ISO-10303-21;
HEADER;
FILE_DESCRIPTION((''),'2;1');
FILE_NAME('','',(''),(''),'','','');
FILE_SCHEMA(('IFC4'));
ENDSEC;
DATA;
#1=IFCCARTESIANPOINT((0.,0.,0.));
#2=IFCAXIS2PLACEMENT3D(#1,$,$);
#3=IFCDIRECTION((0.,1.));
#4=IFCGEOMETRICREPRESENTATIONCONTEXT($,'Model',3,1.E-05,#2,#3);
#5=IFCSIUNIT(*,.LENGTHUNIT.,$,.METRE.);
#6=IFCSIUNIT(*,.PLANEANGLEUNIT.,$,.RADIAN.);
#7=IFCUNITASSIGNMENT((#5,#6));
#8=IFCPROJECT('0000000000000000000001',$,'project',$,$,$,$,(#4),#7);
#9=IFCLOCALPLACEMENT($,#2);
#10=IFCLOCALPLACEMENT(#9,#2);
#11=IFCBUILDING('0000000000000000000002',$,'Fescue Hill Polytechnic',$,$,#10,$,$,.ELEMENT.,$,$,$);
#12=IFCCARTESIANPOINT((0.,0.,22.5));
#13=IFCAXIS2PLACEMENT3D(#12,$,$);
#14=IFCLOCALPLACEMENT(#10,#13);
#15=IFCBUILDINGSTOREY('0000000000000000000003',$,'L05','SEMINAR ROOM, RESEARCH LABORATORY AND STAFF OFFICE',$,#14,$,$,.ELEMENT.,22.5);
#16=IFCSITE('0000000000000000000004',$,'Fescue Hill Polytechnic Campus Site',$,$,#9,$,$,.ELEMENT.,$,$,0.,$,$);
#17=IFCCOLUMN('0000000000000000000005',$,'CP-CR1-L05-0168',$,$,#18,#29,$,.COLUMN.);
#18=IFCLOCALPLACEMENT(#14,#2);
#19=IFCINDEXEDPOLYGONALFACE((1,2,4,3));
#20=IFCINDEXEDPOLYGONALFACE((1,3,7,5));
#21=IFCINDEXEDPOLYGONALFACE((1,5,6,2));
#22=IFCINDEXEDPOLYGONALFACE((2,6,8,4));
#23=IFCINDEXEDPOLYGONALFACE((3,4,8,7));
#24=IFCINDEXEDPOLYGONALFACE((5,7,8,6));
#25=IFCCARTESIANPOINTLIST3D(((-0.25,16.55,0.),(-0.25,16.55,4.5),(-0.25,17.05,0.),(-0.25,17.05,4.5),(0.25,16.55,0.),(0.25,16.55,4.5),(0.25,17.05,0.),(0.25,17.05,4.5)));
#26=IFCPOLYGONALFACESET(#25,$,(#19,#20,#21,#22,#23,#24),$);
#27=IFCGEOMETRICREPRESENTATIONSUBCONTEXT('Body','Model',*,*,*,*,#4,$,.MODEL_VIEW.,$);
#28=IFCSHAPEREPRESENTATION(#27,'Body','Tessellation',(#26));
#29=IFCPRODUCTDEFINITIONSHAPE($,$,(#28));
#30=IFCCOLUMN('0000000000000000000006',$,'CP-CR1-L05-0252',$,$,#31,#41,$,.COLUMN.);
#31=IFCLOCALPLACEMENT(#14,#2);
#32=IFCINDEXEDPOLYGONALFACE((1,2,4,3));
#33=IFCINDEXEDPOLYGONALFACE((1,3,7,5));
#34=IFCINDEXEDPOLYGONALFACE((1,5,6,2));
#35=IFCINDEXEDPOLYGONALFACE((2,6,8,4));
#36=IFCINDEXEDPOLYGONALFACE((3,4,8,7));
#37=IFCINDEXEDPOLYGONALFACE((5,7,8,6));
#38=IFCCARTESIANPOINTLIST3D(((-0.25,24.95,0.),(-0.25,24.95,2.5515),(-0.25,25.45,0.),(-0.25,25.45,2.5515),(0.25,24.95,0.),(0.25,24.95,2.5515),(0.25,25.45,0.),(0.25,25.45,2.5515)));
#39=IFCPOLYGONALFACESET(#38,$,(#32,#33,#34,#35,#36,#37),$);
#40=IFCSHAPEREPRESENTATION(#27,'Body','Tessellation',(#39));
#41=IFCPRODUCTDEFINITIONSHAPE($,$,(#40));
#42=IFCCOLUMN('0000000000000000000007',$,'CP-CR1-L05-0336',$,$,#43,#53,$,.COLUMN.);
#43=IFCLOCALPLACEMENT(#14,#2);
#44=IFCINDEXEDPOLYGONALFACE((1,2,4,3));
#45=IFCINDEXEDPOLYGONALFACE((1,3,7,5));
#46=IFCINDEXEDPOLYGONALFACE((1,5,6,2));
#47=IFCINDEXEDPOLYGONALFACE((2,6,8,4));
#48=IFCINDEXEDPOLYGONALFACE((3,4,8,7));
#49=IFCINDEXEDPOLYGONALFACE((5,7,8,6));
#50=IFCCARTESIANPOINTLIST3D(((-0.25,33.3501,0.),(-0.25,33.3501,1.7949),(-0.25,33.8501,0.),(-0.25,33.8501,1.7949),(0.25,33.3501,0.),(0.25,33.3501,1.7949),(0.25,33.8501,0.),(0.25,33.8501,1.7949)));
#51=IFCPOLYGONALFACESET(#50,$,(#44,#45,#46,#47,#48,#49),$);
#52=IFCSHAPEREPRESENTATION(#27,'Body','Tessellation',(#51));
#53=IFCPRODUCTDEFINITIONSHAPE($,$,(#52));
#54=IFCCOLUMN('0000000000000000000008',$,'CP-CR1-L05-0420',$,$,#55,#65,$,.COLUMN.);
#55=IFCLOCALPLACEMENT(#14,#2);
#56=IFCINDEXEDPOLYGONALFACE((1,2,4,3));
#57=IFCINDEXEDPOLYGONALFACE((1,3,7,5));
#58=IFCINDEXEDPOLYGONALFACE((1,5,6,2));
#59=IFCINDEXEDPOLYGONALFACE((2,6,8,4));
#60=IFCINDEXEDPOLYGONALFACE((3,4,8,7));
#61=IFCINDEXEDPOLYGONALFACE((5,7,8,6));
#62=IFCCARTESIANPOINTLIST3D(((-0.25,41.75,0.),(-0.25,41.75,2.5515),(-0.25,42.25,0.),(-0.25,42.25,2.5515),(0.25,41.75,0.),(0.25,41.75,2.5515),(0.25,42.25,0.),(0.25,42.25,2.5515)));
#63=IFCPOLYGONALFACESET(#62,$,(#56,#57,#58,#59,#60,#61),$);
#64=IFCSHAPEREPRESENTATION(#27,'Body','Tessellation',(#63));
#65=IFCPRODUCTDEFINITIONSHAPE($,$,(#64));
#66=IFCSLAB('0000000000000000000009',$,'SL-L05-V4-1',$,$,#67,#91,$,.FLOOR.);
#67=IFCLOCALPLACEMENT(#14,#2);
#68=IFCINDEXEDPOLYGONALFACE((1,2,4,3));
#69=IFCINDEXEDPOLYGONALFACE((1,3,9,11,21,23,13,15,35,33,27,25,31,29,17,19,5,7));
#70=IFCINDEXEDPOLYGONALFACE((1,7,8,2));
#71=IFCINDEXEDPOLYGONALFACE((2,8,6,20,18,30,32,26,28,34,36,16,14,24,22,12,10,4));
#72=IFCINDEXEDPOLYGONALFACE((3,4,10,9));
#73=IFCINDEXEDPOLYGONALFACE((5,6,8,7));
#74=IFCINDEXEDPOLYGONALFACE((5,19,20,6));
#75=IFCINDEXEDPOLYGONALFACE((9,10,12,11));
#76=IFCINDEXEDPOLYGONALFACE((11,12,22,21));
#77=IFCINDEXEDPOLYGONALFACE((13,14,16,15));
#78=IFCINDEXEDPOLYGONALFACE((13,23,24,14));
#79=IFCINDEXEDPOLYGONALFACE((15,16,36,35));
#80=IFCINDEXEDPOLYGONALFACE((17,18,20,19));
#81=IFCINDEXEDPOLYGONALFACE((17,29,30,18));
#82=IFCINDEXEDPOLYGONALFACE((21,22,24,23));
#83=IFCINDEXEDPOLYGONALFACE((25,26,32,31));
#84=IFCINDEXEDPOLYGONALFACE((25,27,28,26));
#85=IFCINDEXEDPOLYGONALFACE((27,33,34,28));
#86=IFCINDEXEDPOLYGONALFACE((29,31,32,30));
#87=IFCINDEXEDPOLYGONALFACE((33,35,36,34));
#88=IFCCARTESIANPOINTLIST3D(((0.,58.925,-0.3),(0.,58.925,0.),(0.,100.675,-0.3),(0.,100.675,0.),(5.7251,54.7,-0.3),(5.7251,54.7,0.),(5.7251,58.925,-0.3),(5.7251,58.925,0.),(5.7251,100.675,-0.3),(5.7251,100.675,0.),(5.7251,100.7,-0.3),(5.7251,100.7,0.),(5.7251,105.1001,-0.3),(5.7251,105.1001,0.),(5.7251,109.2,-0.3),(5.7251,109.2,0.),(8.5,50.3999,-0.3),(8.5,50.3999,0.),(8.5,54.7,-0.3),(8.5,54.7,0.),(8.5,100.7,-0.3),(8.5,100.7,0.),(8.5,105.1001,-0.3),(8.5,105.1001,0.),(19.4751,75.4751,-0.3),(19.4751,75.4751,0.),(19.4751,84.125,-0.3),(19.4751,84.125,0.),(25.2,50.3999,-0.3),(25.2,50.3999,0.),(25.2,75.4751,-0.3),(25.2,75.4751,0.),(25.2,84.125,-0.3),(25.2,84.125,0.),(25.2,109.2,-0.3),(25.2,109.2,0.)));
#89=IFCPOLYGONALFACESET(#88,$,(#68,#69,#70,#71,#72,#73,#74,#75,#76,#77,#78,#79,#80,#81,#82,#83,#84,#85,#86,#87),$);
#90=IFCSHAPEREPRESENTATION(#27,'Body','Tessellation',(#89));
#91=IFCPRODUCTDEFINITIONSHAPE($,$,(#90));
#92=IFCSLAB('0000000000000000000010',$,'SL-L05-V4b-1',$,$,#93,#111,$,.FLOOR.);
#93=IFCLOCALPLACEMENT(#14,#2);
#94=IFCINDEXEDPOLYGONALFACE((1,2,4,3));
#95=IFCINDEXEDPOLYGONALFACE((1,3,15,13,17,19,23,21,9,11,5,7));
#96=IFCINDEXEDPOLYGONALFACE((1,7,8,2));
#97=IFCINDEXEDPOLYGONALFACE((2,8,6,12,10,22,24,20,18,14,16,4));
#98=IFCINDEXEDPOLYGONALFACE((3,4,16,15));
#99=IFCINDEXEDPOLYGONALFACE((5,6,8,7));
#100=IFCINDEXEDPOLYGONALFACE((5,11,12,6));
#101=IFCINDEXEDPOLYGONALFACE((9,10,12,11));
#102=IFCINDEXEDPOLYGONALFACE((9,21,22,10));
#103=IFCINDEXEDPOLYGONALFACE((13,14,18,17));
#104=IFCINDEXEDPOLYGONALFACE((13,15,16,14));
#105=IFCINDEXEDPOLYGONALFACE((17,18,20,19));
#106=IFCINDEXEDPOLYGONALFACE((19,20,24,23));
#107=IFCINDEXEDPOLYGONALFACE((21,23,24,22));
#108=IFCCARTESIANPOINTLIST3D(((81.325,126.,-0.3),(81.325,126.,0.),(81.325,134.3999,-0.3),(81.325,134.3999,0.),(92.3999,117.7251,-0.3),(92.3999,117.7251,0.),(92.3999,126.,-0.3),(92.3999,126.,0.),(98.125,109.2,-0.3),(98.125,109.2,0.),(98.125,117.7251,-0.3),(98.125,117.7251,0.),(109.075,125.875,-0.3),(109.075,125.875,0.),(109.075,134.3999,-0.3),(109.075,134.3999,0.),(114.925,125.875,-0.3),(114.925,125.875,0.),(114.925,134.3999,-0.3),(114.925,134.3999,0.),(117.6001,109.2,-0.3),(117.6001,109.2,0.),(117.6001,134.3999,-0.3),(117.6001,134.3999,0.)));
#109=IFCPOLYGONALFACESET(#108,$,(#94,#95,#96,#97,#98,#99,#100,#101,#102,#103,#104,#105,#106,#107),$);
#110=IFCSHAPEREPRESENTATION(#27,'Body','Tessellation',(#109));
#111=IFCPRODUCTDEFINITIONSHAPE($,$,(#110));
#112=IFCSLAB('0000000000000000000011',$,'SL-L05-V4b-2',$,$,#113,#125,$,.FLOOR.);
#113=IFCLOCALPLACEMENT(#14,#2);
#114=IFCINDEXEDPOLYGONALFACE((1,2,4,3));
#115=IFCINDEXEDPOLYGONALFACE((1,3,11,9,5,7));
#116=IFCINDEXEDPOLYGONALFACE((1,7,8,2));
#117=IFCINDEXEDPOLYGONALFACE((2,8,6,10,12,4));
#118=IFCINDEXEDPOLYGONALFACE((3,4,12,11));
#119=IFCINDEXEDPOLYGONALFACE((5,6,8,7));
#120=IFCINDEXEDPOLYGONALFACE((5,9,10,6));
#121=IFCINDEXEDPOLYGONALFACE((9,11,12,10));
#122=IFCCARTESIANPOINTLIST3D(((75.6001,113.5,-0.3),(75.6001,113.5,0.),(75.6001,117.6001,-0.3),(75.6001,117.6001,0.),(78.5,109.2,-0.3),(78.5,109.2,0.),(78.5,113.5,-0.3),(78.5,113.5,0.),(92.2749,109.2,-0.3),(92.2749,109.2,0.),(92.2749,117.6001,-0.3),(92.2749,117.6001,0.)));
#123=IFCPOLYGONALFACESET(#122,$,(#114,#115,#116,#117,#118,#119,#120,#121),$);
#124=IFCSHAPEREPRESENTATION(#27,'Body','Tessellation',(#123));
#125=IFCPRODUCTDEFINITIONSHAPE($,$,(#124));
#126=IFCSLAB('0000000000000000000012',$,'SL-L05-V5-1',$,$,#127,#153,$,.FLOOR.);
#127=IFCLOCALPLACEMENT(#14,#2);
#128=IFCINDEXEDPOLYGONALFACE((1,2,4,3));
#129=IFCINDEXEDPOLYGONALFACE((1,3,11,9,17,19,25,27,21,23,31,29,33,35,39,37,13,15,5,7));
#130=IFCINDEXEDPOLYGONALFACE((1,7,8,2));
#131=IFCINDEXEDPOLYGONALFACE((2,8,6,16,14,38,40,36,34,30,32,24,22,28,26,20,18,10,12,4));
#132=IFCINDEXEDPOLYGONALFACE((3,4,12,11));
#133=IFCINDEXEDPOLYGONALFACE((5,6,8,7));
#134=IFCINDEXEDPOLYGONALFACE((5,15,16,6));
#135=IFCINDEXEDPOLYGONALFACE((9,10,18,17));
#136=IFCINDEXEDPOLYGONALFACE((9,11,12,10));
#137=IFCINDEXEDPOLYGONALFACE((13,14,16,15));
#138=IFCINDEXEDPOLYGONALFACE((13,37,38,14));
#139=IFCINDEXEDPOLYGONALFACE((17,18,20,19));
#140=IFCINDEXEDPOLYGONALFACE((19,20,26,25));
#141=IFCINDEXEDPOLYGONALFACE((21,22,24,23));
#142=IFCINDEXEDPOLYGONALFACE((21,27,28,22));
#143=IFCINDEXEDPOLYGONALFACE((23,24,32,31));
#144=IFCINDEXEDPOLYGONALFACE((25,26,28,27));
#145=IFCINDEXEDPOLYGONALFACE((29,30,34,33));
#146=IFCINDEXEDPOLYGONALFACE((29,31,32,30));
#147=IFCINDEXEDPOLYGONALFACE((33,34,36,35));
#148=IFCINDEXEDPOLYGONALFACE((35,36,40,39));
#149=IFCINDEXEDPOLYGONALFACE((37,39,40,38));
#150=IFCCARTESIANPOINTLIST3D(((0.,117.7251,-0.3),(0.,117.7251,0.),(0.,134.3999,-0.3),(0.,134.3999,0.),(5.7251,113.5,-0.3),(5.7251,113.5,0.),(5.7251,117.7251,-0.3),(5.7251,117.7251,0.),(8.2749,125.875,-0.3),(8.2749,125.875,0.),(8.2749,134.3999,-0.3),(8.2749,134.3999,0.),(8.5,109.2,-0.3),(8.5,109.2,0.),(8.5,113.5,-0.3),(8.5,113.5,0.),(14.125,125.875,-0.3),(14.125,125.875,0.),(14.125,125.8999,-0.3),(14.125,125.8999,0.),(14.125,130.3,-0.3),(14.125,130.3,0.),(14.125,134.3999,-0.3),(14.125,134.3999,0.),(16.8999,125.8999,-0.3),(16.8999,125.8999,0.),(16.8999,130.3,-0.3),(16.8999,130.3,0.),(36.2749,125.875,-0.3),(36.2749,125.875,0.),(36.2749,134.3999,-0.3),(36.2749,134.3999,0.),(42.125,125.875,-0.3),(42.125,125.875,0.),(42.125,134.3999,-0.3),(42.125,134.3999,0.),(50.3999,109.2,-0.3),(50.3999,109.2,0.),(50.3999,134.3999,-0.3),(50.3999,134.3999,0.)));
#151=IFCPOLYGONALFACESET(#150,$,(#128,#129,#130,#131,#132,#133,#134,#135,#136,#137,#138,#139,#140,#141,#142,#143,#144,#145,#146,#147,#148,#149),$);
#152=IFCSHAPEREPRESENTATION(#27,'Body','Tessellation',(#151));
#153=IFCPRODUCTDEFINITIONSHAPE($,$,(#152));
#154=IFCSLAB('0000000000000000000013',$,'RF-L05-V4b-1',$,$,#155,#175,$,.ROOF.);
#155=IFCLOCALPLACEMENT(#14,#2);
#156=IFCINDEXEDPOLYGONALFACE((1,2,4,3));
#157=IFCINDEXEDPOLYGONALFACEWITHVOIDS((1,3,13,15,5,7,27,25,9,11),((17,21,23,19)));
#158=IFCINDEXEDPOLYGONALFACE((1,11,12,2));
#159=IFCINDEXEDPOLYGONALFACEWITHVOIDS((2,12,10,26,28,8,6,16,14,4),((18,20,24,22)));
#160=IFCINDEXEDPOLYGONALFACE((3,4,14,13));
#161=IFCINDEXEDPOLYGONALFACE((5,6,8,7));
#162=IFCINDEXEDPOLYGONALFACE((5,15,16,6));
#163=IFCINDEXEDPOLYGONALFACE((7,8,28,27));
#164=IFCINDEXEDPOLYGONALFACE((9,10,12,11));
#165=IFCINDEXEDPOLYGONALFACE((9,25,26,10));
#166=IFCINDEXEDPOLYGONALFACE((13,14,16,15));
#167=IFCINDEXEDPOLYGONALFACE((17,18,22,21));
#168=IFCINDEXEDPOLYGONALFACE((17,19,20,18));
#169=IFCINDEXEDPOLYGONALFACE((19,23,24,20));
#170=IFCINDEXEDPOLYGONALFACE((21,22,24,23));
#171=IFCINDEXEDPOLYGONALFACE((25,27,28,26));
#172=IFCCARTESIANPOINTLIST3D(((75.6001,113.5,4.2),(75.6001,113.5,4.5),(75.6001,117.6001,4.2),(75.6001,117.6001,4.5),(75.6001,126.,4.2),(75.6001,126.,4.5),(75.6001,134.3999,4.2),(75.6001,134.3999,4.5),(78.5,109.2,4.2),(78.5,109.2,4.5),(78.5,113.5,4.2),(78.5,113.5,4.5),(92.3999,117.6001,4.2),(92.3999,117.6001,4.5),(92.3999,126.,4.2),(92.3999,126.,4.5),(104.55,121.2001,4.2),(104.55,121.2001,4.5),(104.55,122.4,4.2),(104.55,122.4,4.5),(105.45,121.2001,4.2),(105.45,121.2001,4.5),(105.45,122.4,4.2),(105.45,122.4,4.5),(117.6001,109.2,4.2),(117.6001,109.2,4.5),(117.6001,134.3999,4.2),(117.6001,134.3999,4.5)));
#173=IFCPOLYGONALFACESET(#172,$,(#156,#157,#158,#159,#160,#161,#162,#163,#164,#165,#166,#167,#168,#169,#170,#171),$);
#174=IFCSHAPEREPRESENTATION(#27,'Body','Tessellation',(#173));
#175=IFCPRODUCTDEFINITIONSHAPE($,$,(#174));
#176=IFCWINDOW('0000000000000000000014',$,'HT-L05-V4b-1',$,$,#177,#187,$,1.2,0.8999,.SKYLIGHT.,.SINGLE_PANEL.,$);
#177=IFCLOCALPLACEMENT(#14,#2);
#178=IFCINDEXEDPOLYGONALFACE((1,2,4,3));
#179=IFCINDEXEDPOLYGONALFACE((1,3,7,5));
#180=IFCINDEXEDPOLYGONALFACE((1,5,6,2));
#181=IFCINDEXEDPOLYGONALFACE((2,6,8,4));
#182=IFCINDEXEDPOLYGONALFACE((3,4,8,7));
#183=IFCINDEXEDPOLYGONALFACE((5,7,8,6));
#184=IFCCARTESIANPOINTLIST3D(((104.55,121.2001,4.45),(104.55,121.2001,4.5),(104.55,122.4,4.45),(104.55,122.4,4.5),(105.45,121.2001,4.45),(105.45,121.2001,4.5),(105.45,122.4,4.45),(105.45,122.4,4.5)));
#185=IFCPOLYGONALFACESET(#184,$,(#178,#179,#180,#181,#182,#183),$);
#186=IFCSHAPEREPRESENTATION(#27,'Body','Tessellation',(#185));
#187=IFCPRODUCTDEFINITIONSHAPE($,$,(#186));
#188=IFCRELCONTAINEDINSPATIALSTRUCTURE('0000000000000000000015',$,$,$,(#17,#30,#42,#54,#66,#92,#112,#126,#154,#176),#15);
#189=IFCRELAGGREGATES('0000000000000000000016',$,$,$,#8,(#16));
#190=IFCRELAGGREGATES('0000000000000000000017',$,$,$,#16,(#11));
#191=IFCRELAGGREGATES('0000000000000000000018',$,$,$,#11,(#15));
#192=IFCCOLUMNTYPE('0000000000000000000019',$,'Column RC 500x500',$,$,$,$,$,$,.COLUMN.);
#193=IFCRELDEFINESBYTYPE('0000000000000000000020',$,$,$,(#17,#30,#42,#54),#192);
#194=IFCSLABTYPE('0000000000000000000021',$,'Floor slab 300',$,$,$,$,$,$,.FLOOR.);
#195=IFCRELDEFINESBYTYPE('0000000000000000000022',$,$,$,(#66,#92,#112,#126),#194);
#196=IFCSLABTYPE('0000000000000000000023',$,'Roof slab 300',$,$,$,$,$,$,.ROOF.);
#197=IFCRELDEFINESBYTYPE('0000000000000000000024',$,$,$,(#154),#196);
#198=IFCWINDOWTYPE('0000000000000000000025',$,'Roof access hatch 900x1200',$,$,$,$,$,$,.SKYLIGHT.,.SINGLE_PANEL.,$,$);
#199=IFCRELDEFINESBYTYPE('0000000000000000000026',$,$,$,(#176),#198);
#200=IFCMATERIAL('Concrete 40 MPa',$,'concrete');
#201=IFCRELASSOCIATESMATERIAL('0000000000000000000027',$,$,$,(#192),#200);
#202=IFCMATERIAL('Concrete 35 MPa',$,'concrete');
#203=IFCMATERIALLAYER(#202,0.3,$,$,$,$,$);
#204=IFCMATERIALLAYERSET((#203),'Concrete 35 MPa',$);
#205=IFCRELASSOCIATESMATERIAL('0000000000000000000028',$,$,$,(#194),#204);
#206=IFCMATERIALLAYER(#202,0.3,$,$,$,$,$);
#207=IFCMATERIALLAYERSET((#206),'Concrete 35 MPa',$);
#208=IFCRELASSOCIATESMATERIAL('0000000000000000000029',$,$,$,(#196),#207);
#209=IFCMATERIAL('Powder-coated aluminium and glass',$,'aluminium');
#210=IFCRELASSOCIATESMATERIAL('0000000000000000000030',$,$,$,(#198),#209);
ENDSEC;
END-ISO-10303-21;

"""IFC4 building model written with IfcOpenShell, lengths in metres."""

from ifc_helpers import new_model, si_unit, direction, frame, origin, origin_2d, place, context, subcontext, project, spatial, polyline, rectangle, outline, extrude, material, layer, layer_set, material_profile, profile_set, type_object, element, fill, save


model = new_model("IFC4")

# Units and contexts
model_context = context("Model", 3, precision=1e-05, world=origin(), true_north=direction((0.0, 1.0)))
body_context = subcontext(model_context, "Body", "Model", "MODEL_VIEW")
ifc_project = project(units=[si_unit("LENGTHUNIT", "METRE"), si_unit("PLANEANGLEUNIT", "RADIAN")], contexts=[model_context])

# Site, building, storey
site_placement = place(None, origin())
site = spatial("IfcSite", under=ifc_project, at=site_placement, Name="Fescue Hill Polytechnic Campus Site", CompositionType="ELEMENT", RefElevation=0.0)
building_placement = place(site_placement, origin())
building = spatial("IfcBuilding", under=site, at=building_placement, Name="Fescue Hill Polytechnic", CompositionType="ELEMENT")
storey_placement = place(building_placement, frame((0.0, 0.0, 22.5)))
storey = spatial("IfcBuildingStorey", under=building, at=storey_placement, Name="L05", Description="SEMINAR ROOM, RESEARCH LABORATORY AND STAFF OFFICE", CompositionType="ELEMENT", Elevation=22.5)

# Columns
ifc_material_1 = material(Name="Concrete 40 MPa", Category="concrete")
ifc_material_profile = material_profile(ifc_material_1, rectangle(XDim=0.5, YDim=0.5, at=origin_2d()), Name="RC 500x500")
ifc_profile_set = profile_set([ifc_material_profile], Name="Concrete 40 MPa")
column_type = type_object("IfcColumnType", Name="Column RC 500x500", PredefinedType="COLUMN", material=ifc_profile_set)
column_1_placement = place(storey_placement, frame((0.0, 16.8, 0.0), z_axis=(0.0, 0.0, 1.0), x_axis=(1.0, 0.0, 0.0)))
element("IfcColumn", 1, at=column_1_placement, inside=storey, type_object=column_type, Name="CP-CR1-L05-0168", PredefinedType="COLUMN", context=body_context, shape_type="SweptSolid", body=[
    extrude(rectangle(XDim=0.5, YDim=0.5, at=origin_2d()), origin(), (0.0, 0.0, 1.0), 4.5),
])
column_2_placement = place(storey_placement, frame((0.0, 25.2, 0.0), z_axis=(0.0, 0.0, 1.0), x_axis=(1.0, 0.0, 0.0)))
element("IfcColumn", 2, at=column_2_placement, inside=storey, type_object=column_type, Name="CP-CR1-L05-0252", PredefinedType="COLUMN", context=body_context, shape_type="SweptSolid", body=[
    extrude(rectangle(XDim=0.5, YDim=0.5, at=origin_2d()), origin(), (0.0, 0.0, 1.0), 2.5515),
])
column_3_placement = place(storey_placement, frame((0.0, 33.6001, 0.0), z_axis=(0.0, 0.0, 1.0), x_axis=(1.0, 0.0, 0.0)))
element("IfcColumn", 3, at=column_3_placement, inside=storey, type_object=column_type, Name="CP-CR1-L05-0336", PredefinedType="COLUMN", context=body_context, shape_type="SweptSolid", body=[
    extrude(rectangle(XDim=0.5, YDim=0.5, at=origin_2d()), origin(), (0.0, 0.0, 1.0), 1.7949),
])
column_4_placement = place(storey_placement, frame((0.0, 42.0, 0.0), z_axis=(0.0, 0.0, 1.0), x_axis=(1.0, 0.0, 0.0)))
element("IfcColumn", 4, at=column_4_placement, inside=storey, type_object=column_type, Name="CP-CR1-L05-0420", PredefinedType="COLUMN", context=body_context, shape_type="SweptSolid", body=[
    extrude(rectangle(XDim=0.5, YDim=0.5, at=origin_2d()), origin(), (0.0, 0.0, 1.0), 2.5515),
])

# Slabs
ifc_material_2 = material(Name="Concrete 35 MPa", Category="concrete")
ifc_layer_1 = layer(ifc_material_2, 0.3)
ifc_layer_set_1 = layer_set([ifc_layer_1], Name="Concrete 35 MPa")
slab_type_1 = type_object("IfcSlabType", Name="Floor slab 300", PredefinedType="FLOOR", material=ifc_layer_set_1)
slab_1_placement = place(storey_placement, frame((0.0, 0.0, -0.3)))
element("IfcSlab", 5, at=slab_1_placement, inside=storey, type_object=slab_type_1, Name="SL-L05-V4-1", PredefinedType="FLOOR", context=body_context, shape_type="SweptSolid", body=[
    extrude(outline(polyline([(25.2, 50.3999), (8.5, 50.3999), (8.5, 54.7), (5.7251, 54.7), (5.7251, 58.925), (0.0, 58.925), (0.0, 100.675), (5.7251, 100.675), (5.7251, 100.7), (8.5, 100.7), (8.5, 105.1001), (5.7251, 105.1001), (5.7251, 109.2), (25.2, 109.2), (25.2, 84.125), (19.4751, 84.125), (19.4751, 75.4751), (25.2, 75.4751), (25.2, 50.3999)])), origin(), (0.0, 0.0, 1.0), 0.3),
])
slab_2_placement = place(storey_placement, frame((0.0, 0.0, -0.3)))
element("IfcSlab", 6, at=slab_2_placement, inside=storey, type_object=slab_type_1, Name="SL-L05-V4b-1", PredefinedType="FLOOR", context=body_context, shape_type="SweptSolid", body=[
    extrude(outline(polyline([(109.075, 134.3999), (109.075, 125.875), (114.925, 125.875), (114.925, 134.3999), (117.6001, 134.3999), (117.6001, 109.2), (98.125, 109.2), (98.125, 117.7251), (92.3999, 117.7251), (92.3999, 126.0), (81.325, 126.0), (81.325, 134.3999), (109.075, 134.3999)])), origin(), (0.0, 0.0, 1.0), 0.3),
])
slab_3_placement = place(storey_placement, frame((0.0, 0.0, -0.3)))
element("IfcSlab", 7, at=slab_3_placement, inside=storey, type_object=slab_type_1, Name="SL-L05-V4b-2", PredefinedType="FLOOR", context=body_context, shape_type="SweptSolid", body=[
    extrude(outline(polyline([(78.5, 109.2), (78.5, 113.5), (75.6001, 113.5), (75.6001, 117.6001), (92.2749, 117.6001), (92.2749, 109.2), (78.5, 109.2)])), origin(), (0.0, 0.0, 1.0), 0.3),
])
slab_4_placement = place(storey_placement, frame((0.0, 0.0, -0.3)))
element("IfcSlab", 8, at=slab_4_placement, inside=storey, type_object=slab_type_1, Name="SL-L05-V5-1", PredefinedType="FLOOR", context=body_context, shape_type="SweptSolid", body=[
    extrude(outline(polyline([(50.3999, 134.3999), (50.3999, 109.2), (8.5, 109.2), (8.5, 113.5), (5.7251, 113.5), (5.7251, 117.7251), (0.0, 117.7251), (0.0, 134.3999), (8.2749, 134.3999), (8.2749, 125.875), (14.125, 125.875), (14.125, 125.8999), (16.8999, 125.8999), (16.8999, 130.3), (14.125, 130.3), (14.125, 134.3999), (36.2749, 134.3999), (36.2749, 125.875), (42.125, 125.875), (42.125, 134.3999), (50.3999, 134.3999)])), origin(), (0.0, 0.0, 1.0), 0.3),
])

# Slab, opening, window
ifc_layer_2 = layer(ifc_material_2, 0.3)
ifc_layer_set_2 = layer_set([ifc_layer_2], Name="Concrete 35 MPa")
slab_type_2 = type_object("IfcSlabType", Name="Roof slab 300", PredefinedType="ROOF", material=ifc_layer_set_2)
slab_5_placement = place(storey_placement, frame((0.0, 0.0, 4.2)))
slab_5 = element("IfcSlab", 9, at=slab_5_placement, inside=storey, type_object=slab_type_2, Name="RF-L05-V4b-1", PredefinedType="ROOF", context=body_context, shape_type="SweptSolid", body=[
    extrude(outline(polyline([(78.5, 109.2), (78.5, 113.5), (75.6001, 113.5), (75.6001, 117.6001), (92.3999, 117.6001), (92.3999, 126.0), (75.6001, 126.0), (75.6001, 134.3999), (117.6001, 134.3999), (117.6001, 109.2), (78.5, 109.2)])), origin(), (0.0, 0.0, 1.0), 0.3),
])
opening_placement = place(slab_5_placement, frame((105.0, 121.8, 0.0)))
opening = element("IfcOpeningElement", 10, at=opening_placement, cuts=slab_5, PredefinedType="OPENING", context=body_context, shape_type="SweptSolid", body=[
    extrude(rectangle(XDim=0.8999, YDim=1.2, at=origin_2d()), frame((0.0, 0.0, -0.01)), (0.0, 0.0, 1.0), 0.3201),
])
ifc_material_3 = material(Name="Powder-coated aluminium and glass", Category="aluminium")
window_type = type_object("IfcWindowType", Name="Roof access hatch 900x1200", PartitioningType="SINGLE_PANEL", PredefinedType="SKYLIGHT", material=ifc_material_3)
window_placement = place(opening_placement, frame((0.0, 0.0, 0.25)))
window = element("IfcWindow", 11, at=window_placement, inside=storey, type_object=window_type, Name="HT-L05-V4b-1", OverallHeight=1.2, OverallWidth=0.8999, PartitioningType="SINGLE_PANEL", PredefinedType="SKYLIGHT", context=body_context, shape_type="SweptSolid", body=[
    extrude(rectangle(XDim=0.8999, YDim=1.2, at=origin_2d()), origin(), (0.0, 0.0, 1.0), 0.05),
])
fill(opening, window)

save(model, "model.ifc")
